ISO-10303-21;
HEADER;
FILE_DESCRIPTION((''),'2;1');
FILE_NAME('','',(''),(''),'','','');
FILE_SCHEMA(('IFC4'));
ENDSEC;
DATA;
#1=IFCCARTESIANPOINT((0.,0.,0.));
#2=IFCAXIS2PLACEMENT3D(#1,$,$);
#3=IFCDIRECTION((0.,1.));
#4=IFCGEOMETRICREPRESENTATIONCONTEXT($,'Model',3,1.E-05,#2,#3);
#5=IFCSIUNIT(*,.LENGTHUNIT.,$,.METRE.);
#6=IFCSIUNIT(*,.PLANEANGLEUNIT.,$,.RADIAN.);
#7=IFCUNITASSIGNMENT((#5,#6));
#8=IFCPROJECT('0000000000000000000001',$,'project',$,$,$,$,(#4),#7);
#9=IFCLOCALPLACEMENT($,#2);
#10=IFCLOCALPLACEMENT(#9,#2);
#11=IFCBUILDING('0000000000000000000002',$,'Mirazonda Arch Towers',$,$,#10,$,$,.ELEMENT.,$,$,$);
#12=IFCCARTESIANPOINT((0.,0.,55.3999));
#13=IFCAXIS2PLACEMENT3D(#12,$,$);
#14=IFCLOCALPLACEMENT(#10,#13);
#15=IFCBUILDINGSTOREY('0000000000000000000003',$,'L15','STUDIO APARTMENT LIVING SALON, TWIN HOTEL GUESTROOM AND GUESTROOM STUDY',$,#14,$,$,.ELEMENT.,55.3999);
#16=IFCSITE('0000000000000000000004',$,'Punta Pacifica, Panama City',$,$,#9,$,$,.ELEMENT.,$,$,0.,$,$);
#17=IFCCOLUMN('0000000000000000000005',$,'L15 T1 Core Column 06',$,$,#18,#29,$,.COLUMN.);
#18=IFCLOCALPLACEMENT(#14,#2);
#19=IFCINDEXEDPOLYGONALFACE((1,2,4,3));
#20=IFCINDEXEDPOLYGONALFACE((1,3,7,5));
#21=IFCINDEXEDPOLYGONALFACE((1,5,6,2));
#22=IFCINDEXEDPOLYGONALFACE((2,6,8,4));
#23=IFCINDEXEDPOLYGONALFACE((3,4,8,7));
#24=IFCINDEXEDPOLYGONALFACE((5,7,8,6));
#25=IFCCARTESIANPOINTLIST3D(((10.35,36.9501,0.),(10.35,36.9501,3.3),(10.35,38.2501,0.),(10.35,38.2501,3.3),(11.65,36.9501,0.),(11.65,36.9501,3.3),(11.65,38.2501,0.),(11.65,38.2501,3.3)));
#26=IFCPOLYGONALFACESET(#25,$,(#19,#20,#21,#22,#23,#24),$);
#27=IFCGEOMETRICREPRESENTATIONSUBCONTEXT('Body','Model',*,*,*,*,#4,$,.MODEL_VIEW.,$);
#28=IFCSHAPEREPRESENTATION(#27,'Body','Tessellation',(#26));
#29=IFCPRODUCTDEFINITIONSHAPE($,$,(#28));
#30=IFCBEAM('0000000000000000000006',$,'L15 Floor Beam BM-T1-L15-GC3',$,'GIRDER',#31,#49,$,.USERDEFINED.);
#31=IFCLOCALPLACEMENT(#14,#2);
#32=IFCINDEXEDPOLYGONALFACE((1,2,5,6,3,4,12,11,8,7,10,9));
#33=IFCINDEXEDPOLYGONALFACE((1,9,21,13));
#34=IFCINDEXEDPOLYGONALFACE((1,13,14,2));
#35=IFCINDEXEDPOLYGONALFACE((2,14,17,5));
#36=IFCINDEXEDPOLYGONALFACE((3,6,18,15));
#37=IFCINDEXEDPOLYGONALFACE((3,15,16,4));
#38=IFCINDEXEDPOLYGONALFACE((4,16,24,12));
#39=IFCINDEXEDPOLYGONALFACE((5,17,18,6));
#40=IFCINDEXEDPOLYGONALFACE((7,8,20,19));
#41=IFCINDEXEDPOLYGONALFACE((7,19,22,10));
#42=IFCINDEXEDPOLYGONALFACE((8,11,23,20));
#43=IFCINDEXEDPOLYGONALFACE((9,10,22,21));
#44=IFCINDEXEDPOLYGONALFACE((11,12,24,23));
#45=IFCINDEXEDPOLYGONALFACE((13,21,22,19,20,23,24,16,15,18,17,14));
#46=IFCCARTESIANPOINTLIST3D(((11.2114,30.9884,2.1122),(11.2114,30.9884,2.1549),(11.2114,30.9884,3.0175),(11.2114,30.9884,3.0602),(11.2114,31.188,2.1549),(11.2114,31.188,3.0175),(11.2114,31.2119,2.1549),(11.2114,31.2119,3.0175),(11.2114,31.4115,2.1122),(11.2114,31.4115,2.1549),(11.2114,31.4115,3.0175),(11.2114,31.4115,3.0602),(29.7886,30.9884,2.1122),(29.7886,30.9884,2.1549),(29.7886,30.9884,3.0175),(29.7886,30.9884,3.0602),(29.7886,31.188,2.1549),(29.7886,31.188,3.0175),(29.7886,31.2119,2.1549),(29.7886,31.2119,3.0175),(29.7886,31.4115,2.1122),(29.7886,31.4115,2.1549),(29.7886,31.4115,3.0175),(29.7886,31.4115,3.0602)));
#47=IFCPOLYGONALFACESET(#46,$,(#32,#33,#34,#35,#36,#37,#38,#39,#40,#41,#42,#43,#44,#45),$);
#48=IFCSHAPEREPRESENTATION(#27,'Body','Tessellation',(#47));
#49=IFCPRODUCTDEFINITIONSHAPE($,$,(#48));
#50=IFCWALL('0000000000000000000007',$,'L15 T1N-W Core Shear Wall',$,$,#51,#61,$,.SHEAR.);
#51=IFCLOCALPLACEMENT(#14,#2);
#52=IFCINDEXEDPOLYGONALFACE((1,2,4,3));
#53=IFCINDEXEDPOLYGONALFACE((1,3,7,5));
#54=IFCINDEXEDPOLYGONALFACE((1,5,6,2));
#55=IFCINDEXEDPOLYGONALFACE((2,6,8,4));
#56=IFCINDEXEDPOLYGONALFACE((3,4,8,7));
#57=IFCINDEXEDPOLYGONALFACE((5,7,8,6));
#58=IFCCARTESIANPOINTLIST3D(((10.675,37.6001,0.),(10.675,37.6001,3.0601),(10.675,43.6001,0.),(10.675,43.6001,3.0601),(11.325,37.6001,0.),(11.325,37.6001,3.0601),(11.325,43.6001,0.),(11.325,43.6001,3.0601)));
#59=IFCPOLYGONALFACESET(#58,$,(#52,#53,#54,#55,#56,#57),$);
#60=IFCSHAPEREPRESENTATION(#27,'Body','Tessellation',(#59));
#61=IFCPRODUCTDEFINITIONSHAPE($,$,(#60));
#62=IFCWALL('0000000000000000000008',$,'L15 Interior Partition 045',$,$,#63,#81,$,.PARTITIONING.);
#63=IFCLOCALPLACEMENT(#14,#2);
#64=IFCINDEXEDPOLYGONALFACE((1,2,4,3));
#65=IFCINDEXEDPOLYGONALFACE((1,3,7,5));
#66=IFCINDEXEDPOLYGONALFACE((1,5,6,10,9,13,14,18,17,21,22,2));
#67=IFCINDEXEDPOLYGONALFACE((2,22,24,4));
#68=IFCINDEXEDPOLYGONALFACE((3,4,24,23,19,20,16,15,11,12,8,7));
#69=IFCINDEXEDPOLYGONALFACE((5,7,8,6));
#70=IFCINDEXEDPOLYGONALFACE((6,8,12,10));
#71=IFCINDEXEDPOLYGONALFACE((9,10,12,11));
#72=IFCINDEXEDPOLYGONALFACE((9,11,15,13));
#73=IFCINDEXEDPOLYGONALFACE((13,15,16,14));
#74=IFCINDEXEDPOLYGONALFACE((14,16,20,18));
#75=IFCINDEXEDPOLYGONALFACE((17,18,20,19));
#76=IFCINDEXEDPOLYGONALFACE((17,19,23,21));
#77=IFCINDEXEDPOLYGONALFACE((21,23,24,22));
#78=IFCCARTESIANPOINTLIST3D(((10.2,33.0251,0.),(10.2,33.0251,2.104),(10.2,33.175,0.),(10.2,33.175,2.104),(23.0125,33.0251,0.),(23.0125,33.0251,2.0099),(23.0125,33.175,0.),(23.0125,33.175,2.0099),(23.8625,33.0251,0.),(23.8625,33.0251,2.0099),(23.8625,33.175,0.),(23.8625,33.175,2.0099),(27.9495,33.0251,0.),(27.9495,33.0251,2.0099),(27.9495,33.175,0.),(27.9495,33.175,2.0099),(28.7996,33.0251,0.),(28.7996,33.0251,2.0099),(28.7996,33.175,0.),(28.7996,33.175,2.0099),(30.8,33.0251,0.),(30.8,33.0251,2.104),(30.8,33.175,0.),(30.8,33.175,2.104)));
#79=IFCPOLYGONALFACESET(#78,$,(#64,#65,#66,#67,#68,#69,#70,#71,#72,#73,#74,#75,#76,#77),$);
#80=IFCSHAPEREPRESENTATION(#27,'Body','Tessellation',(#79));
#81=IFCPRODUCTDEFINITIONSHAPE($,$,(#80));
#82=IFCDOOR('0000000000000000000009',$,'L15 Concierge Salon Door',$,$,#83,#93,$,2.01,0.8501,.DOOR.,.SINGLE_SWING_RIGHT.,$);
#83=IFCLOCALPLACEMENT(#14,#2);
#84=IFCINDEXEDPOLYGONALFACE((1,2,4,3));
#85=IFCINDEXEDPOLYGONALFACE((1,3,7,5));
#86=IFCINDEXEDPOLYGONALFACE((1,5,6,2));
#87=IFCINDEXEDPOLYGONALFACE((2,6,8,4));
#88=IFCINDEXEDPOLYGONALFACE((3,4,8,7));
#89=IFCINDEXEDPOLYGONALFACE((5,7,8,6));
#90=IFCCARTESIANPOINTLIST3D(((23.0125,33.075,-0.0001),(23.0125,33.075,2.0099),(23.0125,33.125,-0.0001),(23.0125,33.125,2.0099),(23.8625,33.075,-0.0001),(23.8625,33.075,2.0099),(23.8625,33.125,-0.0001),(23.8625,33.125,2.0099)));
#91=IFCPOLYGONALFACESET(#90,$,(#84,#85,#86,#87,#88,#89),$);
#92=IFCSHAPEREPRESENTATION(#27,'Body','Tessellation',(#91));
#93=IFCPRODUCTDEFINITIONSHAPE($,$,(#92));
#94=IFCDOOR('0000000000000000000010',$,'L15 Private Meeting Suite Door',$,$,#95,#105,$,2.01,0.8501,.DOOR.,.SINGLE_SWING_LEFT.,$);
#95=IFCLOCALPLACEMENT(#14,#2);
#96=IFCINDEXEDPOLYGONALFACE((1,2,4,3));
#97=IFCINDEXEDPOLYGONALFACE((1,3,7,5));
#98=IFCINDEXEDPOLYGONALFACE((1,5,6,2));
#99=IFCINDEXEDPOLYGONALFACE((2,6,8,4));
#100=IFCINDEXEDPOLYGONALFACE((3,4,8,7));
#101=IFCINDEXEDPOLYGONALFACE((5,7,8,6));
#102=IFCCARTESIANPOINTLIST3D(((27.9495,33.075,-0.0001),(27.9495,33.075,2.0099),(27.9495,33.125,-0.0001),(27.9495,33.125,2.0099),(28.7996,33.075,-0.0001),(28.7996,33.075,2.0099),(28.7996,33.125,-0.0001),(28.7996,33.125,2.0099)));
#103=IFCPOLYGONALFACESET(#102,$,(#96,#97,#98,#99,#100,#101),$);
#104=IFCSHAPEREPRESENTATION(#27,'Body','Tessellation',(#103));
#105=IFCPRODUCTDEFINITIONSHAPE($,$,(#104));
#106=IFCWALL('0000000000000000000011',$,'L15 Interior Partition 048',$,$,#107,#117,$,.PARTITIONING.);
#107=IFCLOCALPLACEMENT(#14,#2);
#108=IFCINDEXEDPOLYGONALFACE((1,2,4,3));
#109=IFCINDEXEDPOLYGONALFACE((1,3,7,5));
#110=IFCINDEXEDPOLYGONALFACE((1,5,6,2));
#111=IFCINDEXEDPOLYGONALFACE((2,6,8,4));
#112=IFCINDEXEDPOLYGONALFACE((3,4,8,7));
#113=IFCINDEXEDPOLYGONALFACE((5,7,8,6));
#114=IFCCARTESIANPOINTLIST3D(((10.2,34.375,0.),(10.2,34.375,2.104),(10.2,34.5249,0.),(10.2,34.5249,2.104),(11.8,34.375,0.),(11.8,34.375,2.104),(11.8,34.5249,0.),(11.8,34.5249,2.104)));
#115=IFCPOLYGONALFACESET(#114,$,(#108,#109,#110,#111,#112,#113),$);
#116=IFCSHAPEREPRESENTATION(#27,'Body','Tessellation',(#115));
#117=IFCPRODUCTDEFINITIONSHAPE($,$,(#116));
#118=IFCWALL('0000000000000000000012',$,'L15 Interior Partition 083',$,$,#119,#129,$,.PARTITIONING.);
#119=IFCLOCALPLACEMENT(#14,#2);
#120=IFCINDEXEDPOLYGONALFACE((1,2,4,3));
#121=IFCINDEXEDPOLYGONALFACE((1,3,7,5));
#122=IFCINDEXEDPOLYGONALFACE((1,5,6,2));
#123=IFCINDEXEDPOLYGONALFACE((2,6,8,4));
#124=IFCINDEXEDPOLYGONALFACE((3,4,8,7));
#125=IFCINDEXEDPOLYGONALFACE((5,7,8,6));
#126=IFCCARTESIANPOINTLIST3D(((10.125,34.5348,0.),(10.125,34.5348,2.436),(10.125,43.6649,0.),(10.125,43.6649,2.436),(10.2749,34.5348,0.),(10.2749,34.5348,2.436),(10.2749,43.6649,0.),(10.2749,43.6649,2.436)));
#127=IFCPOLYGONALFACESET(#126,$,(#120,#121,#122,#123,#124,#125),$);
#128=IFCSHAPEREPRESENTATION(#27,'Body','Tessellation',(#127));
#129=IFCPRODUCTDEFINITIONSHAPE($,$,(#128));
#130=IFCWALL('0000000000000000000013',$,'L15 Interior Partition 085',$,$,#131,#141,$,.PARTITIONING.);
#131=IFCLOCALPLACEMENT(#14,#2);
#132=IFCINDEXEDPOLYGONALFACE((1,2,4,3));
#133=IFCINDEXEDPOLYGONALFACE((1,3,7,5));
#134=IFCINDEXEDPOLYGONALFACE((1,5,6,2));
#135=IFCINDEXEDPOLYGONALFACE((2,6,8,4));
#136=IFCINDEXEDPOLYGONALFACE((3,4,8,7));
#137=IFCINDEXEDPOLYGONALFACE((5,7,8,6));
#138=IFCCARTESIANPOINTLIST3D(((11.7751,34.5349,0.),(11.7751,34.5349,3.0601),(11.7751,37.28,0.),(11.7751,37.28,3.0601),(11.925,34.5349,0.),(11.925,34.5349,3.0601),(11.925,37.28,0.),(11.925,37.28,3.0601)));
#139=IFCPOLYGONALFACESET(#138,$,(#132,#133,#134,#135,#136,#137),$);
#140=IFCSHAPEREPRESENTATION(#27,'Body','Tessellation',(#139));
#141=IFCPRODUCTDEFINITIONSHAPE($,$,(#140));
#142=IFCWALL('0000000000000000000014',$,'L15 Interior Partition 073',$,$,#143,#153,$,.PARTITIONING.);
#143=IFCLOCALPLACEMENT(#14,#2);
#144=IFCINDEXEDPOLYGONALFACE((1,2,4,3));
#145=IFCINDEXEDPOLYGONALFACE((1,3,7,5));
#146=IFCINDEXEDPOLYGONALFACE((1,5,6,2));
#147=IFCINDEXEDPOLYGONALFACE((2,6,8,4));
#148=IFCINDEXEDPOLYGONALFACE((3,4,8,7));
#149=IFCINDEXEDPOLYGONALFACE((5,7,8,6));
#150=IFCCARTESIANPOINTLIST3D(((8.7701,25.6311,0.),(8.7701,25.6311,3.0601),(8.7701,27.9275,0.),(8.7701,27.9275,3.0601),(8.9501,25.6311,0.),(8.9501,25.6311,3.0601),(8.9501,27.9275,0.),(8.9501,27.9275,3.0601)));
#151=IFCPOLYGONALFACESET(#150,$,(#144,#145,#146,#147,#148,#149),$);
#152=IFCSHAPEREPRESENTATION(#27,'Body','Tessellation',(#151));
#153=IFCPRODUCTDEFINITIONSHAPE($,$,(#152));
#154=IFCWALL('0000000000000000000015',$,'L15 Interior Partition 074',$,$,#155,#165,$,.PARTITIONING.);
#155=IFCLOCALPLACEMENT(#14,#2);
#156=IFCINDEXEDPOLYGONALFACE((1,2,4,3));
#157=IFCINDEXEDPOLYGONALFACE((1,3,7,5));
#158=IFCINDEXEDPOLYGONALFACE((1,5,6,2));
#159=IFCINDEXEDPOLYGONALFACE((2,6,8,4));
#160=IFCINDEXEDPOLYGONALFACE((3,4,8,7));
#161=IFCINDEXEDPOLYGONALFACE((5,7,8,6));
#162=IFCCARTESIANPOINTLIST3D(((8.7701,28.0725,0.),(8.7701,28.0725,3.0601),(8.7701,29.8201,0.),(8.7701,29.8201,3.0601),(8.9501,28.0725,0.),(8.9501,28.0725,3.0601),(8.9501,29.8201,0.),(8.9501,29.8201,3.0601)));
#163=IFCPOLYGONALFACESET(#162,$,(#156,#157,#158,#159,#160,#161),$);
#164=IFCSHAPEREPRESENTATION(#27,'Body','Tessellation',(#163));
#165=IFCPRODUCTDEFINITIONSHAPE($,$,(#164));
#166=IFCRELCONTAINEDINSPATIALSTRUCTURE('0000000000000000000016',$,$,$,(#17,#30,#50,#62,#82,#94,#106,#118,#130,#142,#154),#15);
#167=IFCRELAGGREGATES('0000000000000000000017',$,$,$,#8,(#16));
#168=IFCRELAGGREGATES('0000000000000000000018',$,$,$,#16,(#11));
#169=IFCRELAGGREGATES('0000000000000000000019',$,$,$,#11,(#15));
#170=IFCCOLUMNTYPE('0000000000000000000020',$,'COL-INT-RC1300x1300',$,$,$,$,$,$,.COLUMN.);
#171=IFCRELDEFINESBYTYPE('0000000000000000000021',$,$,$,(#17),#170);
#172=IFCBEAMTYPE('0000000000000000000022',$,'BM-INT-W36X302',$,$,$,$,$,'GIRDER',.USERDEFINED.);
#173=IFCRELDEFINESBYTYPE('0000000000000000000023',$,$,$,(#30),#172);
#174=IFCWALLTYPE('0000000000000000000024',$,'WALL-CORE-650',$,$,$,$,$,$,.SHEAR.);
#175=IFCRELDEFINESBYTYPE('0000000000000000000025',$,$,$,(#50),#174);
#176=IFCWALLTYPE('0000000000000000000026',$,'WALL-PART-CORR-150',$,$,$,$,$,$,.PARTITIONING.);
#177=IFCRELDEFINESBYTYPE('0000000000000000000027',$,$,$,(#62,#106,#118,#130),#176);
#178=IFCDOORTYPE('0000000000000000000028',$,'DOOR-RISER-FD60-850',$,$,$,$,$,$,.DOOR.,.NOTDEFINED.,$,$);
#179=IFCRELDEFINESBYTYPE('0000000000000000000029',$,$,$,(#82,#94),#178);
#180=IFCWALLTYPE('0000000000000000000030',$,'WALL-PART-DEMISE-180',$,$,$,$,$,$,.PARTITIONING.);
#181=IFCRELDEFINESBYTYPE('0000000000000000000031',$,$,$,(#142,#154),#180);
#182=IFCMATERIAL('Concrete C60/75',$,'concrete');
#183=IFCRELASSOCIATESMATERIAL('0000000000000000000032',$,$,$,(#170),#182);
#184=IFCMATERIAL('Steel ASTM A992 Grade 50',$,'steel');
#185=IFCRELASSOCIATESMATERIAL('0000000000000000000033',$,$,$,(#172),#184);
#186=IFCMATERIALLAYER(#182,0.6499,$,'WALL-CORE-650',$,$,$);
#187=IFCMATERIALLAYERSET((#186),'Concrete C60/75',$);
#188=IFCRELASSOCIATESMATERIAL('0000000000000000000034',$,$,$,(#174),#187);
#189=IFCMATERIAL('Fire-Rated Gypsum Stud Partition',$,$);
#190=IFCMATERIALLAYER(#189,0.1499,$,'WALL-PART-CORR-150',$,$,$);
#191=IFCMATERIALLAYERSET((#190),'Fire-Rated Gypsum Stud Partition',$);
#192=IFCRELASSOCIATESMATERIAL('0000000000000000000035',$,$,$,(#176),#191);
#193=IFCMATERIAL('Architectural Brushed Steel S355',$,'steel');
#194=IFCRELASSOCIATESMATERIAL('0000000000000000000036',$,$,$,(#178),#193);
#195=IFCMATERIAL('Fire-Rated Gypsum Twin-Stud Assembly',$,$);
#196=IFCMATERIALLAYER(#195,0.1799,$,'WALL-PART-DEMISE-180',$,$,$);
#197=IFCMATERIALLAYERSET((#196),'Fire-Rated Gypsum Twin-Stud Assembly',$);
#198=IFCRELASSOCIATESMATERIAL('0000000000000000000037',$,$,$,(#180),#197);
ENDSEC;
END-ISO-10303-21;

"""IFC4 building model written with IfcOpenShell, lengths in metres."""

from ifc_helpers import new_model, si_unit, direction, frame, frame_2d, origin, origin_2d, place, context, subcontext, project, spatial, rectangle, i_section, extrude, material, layer, layer_set, material_profile, profile_set, type_object, element, fill, save


model = new_model("IFC4")

# Units and contexts
model_context = context("Model", 3, precision=1e-05, world=origin(), true_north=direction((0.0, 1.0)))
body_context = subcontext(model_context, "Body", "Model", "MODEL_VIEW")
ifc_project = project(units=[si_unit("LENGTHUNIT", "METRE"), si_unit("PLANEANGLEUNIT", "RADIAN")], contexts=[model_context])

# Site, building, storey
site_placement = place(None, origin())
site = spatial("IfcSite", under=ifc_project, at=site_placement, Name="Punta Pacifica, Panama City", CompositionType="ELEMENT", RefElevation=0.0)
building_placement = place(site_placement, origin())
building = spatial("IfcBuilding", under=site, at=building_placement, Name="Mirazonda Arch Towers", CompositionType="ELEMENT")
storey_placement = place(building_placement, frame((0.0, 0.0, 55.3999)))
storey = spatial("IfcBuildingStorey", under=building, at=storey_placement, Name="L15", Description="STUDIO APARTMENT LIVING SALON, TWIN HOTEL GUESTROOM AND GUESTROOM STUDY", CompositionType="ELEMENT", Elevation=55.3999)

# Column
ifc_material_1 = material(Name="Concrete C60/75", Category="concrete")
ifc_material_profile_1 = material_profile(ifc_material_1, rectangle(XDim=1.3, YDim=1.3, at=origin_2d()), Name="RC1300x1300")
ifc_profile_set_1 = profile_set([ifc_material_profile_1], Name="Concrete C60/75")
column_type = type_object("IfcColumnType", Name="COL-INT-RC1300x1300", PredefinedType="COLUMN", material=ifc_profile_set_1)
column_placement = place(storey_placement, frame((11.0, 37.6001, 0.0), z_axis=(0.0, 0.0, 1.0), x_axis=(1.0, 0.0, 0.0)))
element("IfcColumn", 1, at=column_placement, inside=storey, type_object=column_type, Name="L15 T1 Core Column 06", PredefinedType="COLUMN", context=body_context, shape_type="SweptSolid", body=[
    extrude(rectangle(XDim=1.3, YDim=1.3, at=origin_2d()), origin(), (0.0, 0.0, 1.0), 3.3),
])

# Beam
ifc_material_2 = material(Name="Steel ASTM A992 Grade 50", Category="steel")
ifc_material_profile_2 = material_profile(ifc_material_2, i_section(OverallWidth=0.4231, OverallDepth=0.948, WebThickness=0.0239, FlangeThickness=0.0427, at=origin_2d()), Name="W36X302")
ifc_profile_set_2 = profile_set([ifc_material_profile_2], Name="Steel ASTM A992 Grade 50")
beam_type = type_object("IfcBeamType", Name="BM-INT-W36X302", ElementType="GIRDER", PredefinedType="USERDEFINED", material=ifc_profile_set_2)
beam_placement = place(storey_placement, frame((11.2114, 31.2, 2.5862), z_axis=(1.0, 0.0, 0.0), x_axis=(0.0, 1.0, 0.0)))
element("IfcBeam", 2, at=beam_placement, inside=storey, type_object=beam_type, Name="L15 Floor Beam BM-T1-L15-GC3", ObjectType="GIRDER", PredefinedType="USERDEFINED", context=body_context, shape_type="SweptSolid", body=[
    extrude(i_section(OverallWidth=0.4231, OverallDepth=0.948, WebThickness=0.0239, FlangeThickness=0.0427, at=origin_2d()), origin(), (0.0, 0.0, 1.0), 18.5771),
])

# Wall
ifc_layer_1 = layer(ifc_material_1, 0.6499, Name="WALL-CORE-650")
ifc_layer_set_1 = layer_set([ifc_layer_1], Name="Concrete C60/75")
wall_type_1 = type_object("IfcWallType", Name="WALL-CORE-650", PredefinedType="SHEAR", material=ifc_layer_set_1)
wall_1_placement = place(storey_placement, frame((11.0, 37.6001, 0.0), z_axis=(0.0, 0.0, 1.0), x_axis=(0.0, 1.0, 0.0)))
element("IfcWall", 3, at=wall_1_placement, inside=storey, type_object=wall_type_1, Name="L15 T1N-W Core Shear Wall", PredefinedType="SHEAR", context=body_context, shape_type="SweptSolid", body=[
    extrude(rectangle(XDim=6.0, YDim=0.6499, at=frame_2d((3.0, 0.0))), origin(), (0.0, 0.0, 1.0), 3.0601),
])

# Wall, openings, doors
ifc_material_3 = material(Name="Fire-Rated Gypsum Stud Partition")
ifc_layer_2 = layer(ifc_material_3, 0.1499, Name="WALL-PART-CORR-150")
ifc_layer_set_2 = layer_set([ifc_layer_2], Name="Fire-Rated Gypsum Stud Partition")
wall_type_2 = type_object("IfcWallType", Name="WALL-PART-CORR-150", PredefinedType="PARTITIONING", material=ifc_layer_set_2)
wall_2_placement = place(storey_placement, frame((10.2, 33.1001, 0.0), z_axis=(0.0, 0.0, 1.0), x_axis=(1.0, 0.0, 0.0)))
wall_2 = element("IfcWall", 4, at=wall_2_placement, inside=storey, type_object=wall_type_2, Name="L15 Interior Partition 045", PredefinedType="PARTITIONING", context=body_context, shape_type="SweptSolid", body=[
    extrude(rectangle(XDim=20.6001, YDim=0.1499, at=frame_2d((10.3, 0.0))), origin(), (0.0, 0.0, 1.0), 2.104),
])
opening_1_placement = place(wall_2_placement, frame((12.8125, 0.0, 0.0)))
opening_1 = element("IfcOpeningElement", 5, at=opening_1_placement, cuts=wall_2, PredefinedType="OPENING", context=body_context, shape_type="SweptSolid", body=[
    extrude(rectangle(XDim=0.8501, YDim=2.01, at=frame_2d((0.425, 1.0049))), frame((0.0, 0.085, 0.0), z_axis=(0.0, -1.0, 0.0), x_axis=(1.0, 0.0, 0.0)), (0.0, 0.0, 1.0), 0.1699),
])
opening_2_placement = place(wall_2_placement, frame((17.7495, 0.0, 0.0)))
opening_2 = element("IfcOpeningElement", 6, at=opening_2_placement, cuts=wall_2, PredefinedType="OPENING", context=body_context, shape_type="SweptSolid", body=[
    extrude(rectangle(XDim=0.8501, YDim=2.01, at=frame_2d((0.425, 1.0049))), frame((0.0, 0.085, 0.0), z_axis=(0.0, -1.0, 0.0), x_axis=(1.0, 0.0, 0.0)), (0.0, 0.0, 1.0), 0.1699),
])
ifc_material_4 = material(Name="Architectural Brushed Steel S355", Category="steel")
door_type_1 = type_object("IfcDoorType", Name="DOOR-RISER-FD60-850", OperationType="NOTDEFINED", PredefinedType="DOOR", material=ifc_material_4)
door_1_placement = place(opening_1_placement, origin())
door_1 = element("IfcDoor", 7, at=door_1_placement, inside=storey, type_object=door_type_1, Name="L15 Concierge Salon Door", OperationType="SINGLE_SWING_RIGHT", OverallHeight=2.01, OverallWidth=0.8501, PredefinedType="DOOR", context=body_context, shape_type="SweptSolid", body=[
    extrude(rectangle(XDim=0.8501, YDim=2.01, at=frame_2d((0.425, 1.0049))), frame((0.0, 0.0249, 0.0), z_axis=(0.0, -1.0, 0.0), x_axis=(1.0, 0.0, 0.0)), (0.0, 0.0, 1.0), 0.05),
])
fill(opening_1, door_1)
door_2_placement = place(opening_2_placement, origin())
door_2 = element("IfcDoor", 8, at=door_2_placement, inside=storey, type_object=door_type_1, Name="L15 Private Meeting Suite Door", OperationType="SINGLE_SWING_LEFT", OverallHeight=2.01, OverallWidth=0.8501, PredefinedType="DOOR", context=body_context, shape_type="SweptSolid", body=[
    extrude(rectangle(XDim=0.8501, YDim=2.01, at=frame_2d((0.425, 1.0049))), frame((0.0, 0.0249, 0.0), z_axis=(0.0, -1.0, 0.0), x_axis=(1.0, 0.0, 0.0)), (0.0, 0.0, 1.0), 0.05),
])
fill(opening_2, door_2)

# Walls
wall_3_placement = place(storey_placement, frame((10.2, 34.45, 0.0), z_axis=(0.0, 0.0, 1.0), x_axis=(1.0, 0.0, 0.0)))
element("IfcWall", 9, at=wall_3_placement, inside=storey, type_object=wall_type_2, Name="L15 Interior Partition 048", PredefinedType="PARTITIONING", context=body_context, shape_type="SweptSolid", body=[
    extrude(rectangle(XDim=1.6001, YDim=0.1499, at=frame_2d((0.8, 0.0))), origin(), (0.0, 0.0, 1.0), 2.104),
])
wall_4_placement = place(storey_placement, frame((10.2, 34.5349, 0.0), z_axis=(0.0, 0.0, 1.0), x_axis=(0.0, 1.0, 0.0)))
element("IfcWall", 10, at=wall_4_placement, inside=storey, type_object=wall_type_2, Name="L15 Interior Partition 083", PredefinedType="PARTITIONING", context=body_context, shape_type="SweptSolid", body=[
    extrude(rectangle(XDim=9.1301, YDim=0.1499, at=frame_2d((4.5649, 0.0))), origin(), (0.0, 0.0, 1.0), 2.436),
])
wall_5_placement = place(storey_placement, frame((11.8501, 34.5349, 0.0), z_axis=(0.0, 0.0, 1.0), x_axis=(0.0, 1.0, 0.0)))
element("IfcWall", 11, at=wall_5_placement, inside=storey, type_object=wall_type_2, Name="L15 Interior Partition 085", PredefinedType="PARTITIONING", context=body_context, shape_type="SweptSolid", body=[
    extrude(rectangle(XDim=2.7451, YDim=0.1499, at=frame_2d((1.3726, 0.0))), origin(), (0.0, 0.0, 1.0), 3.0601),
])
ifc_material_5 = material(Name="Fire-Rated Gypsum Twin-Stud Assembly")
ifc_layer_3 = layer(ifc_material_5, 0.1799, Name="WALL-PART-DEMISE-180")
ifc_layer_set_3 = layer_set([ifc_layer_3], Name="Fire-Rated Gypsum Twin-Stud Assembly")
wall_type_3 = type_object("IfcWallType", Name="WALL-PART-DEMISE-180", PredefinedType="PARTITIONING", material=ifc_layer_set_3)
wall_6_placement = place(storey_placement, frame((8.8601, 25.6311, 0.0), z_axis=(0.0, 0.0, 1.0), x_axis=(0.0, 1.0, 0.0)))
element("IfcWall", 12, at=wall_6_placement, inside=storey, type_object=wall_type_3, Name="L15 Interior Partition 073", PredefinedType="PARTITIONING", context=body_context, shape_type="SweptSolid", body=[
    extrude(rectangle(XDim=2.2964, YDim=0.1799, at=frame_2d((1.1482, 0.0))), origin(), (0.0, 0.0, 1.0), 3.0601),
])
wall_7_placement = place(storey_placement, frame((8.8601, 28.0725, 0.0), z_axis=(0.0, 0.0, 1.0), x_axis=(0.0, 1.0, 0.0)))
element("IfcWall", 13, at=wall_7_placement, inside=storey, type_object=wall_type_3, Name="L15 Interior Partition 074", PredefinedType="PARTITIONING", context=body_context, shape_type="SweptSolid", body=[
    extrude(rectangle(XDim=1.7476, YDim=0.1799, at=frame_2d((0.8738, 0.0))), origin(), (0.0, 0.0, 1.0), 3.0601),
])

save(model, "model.ifc")
